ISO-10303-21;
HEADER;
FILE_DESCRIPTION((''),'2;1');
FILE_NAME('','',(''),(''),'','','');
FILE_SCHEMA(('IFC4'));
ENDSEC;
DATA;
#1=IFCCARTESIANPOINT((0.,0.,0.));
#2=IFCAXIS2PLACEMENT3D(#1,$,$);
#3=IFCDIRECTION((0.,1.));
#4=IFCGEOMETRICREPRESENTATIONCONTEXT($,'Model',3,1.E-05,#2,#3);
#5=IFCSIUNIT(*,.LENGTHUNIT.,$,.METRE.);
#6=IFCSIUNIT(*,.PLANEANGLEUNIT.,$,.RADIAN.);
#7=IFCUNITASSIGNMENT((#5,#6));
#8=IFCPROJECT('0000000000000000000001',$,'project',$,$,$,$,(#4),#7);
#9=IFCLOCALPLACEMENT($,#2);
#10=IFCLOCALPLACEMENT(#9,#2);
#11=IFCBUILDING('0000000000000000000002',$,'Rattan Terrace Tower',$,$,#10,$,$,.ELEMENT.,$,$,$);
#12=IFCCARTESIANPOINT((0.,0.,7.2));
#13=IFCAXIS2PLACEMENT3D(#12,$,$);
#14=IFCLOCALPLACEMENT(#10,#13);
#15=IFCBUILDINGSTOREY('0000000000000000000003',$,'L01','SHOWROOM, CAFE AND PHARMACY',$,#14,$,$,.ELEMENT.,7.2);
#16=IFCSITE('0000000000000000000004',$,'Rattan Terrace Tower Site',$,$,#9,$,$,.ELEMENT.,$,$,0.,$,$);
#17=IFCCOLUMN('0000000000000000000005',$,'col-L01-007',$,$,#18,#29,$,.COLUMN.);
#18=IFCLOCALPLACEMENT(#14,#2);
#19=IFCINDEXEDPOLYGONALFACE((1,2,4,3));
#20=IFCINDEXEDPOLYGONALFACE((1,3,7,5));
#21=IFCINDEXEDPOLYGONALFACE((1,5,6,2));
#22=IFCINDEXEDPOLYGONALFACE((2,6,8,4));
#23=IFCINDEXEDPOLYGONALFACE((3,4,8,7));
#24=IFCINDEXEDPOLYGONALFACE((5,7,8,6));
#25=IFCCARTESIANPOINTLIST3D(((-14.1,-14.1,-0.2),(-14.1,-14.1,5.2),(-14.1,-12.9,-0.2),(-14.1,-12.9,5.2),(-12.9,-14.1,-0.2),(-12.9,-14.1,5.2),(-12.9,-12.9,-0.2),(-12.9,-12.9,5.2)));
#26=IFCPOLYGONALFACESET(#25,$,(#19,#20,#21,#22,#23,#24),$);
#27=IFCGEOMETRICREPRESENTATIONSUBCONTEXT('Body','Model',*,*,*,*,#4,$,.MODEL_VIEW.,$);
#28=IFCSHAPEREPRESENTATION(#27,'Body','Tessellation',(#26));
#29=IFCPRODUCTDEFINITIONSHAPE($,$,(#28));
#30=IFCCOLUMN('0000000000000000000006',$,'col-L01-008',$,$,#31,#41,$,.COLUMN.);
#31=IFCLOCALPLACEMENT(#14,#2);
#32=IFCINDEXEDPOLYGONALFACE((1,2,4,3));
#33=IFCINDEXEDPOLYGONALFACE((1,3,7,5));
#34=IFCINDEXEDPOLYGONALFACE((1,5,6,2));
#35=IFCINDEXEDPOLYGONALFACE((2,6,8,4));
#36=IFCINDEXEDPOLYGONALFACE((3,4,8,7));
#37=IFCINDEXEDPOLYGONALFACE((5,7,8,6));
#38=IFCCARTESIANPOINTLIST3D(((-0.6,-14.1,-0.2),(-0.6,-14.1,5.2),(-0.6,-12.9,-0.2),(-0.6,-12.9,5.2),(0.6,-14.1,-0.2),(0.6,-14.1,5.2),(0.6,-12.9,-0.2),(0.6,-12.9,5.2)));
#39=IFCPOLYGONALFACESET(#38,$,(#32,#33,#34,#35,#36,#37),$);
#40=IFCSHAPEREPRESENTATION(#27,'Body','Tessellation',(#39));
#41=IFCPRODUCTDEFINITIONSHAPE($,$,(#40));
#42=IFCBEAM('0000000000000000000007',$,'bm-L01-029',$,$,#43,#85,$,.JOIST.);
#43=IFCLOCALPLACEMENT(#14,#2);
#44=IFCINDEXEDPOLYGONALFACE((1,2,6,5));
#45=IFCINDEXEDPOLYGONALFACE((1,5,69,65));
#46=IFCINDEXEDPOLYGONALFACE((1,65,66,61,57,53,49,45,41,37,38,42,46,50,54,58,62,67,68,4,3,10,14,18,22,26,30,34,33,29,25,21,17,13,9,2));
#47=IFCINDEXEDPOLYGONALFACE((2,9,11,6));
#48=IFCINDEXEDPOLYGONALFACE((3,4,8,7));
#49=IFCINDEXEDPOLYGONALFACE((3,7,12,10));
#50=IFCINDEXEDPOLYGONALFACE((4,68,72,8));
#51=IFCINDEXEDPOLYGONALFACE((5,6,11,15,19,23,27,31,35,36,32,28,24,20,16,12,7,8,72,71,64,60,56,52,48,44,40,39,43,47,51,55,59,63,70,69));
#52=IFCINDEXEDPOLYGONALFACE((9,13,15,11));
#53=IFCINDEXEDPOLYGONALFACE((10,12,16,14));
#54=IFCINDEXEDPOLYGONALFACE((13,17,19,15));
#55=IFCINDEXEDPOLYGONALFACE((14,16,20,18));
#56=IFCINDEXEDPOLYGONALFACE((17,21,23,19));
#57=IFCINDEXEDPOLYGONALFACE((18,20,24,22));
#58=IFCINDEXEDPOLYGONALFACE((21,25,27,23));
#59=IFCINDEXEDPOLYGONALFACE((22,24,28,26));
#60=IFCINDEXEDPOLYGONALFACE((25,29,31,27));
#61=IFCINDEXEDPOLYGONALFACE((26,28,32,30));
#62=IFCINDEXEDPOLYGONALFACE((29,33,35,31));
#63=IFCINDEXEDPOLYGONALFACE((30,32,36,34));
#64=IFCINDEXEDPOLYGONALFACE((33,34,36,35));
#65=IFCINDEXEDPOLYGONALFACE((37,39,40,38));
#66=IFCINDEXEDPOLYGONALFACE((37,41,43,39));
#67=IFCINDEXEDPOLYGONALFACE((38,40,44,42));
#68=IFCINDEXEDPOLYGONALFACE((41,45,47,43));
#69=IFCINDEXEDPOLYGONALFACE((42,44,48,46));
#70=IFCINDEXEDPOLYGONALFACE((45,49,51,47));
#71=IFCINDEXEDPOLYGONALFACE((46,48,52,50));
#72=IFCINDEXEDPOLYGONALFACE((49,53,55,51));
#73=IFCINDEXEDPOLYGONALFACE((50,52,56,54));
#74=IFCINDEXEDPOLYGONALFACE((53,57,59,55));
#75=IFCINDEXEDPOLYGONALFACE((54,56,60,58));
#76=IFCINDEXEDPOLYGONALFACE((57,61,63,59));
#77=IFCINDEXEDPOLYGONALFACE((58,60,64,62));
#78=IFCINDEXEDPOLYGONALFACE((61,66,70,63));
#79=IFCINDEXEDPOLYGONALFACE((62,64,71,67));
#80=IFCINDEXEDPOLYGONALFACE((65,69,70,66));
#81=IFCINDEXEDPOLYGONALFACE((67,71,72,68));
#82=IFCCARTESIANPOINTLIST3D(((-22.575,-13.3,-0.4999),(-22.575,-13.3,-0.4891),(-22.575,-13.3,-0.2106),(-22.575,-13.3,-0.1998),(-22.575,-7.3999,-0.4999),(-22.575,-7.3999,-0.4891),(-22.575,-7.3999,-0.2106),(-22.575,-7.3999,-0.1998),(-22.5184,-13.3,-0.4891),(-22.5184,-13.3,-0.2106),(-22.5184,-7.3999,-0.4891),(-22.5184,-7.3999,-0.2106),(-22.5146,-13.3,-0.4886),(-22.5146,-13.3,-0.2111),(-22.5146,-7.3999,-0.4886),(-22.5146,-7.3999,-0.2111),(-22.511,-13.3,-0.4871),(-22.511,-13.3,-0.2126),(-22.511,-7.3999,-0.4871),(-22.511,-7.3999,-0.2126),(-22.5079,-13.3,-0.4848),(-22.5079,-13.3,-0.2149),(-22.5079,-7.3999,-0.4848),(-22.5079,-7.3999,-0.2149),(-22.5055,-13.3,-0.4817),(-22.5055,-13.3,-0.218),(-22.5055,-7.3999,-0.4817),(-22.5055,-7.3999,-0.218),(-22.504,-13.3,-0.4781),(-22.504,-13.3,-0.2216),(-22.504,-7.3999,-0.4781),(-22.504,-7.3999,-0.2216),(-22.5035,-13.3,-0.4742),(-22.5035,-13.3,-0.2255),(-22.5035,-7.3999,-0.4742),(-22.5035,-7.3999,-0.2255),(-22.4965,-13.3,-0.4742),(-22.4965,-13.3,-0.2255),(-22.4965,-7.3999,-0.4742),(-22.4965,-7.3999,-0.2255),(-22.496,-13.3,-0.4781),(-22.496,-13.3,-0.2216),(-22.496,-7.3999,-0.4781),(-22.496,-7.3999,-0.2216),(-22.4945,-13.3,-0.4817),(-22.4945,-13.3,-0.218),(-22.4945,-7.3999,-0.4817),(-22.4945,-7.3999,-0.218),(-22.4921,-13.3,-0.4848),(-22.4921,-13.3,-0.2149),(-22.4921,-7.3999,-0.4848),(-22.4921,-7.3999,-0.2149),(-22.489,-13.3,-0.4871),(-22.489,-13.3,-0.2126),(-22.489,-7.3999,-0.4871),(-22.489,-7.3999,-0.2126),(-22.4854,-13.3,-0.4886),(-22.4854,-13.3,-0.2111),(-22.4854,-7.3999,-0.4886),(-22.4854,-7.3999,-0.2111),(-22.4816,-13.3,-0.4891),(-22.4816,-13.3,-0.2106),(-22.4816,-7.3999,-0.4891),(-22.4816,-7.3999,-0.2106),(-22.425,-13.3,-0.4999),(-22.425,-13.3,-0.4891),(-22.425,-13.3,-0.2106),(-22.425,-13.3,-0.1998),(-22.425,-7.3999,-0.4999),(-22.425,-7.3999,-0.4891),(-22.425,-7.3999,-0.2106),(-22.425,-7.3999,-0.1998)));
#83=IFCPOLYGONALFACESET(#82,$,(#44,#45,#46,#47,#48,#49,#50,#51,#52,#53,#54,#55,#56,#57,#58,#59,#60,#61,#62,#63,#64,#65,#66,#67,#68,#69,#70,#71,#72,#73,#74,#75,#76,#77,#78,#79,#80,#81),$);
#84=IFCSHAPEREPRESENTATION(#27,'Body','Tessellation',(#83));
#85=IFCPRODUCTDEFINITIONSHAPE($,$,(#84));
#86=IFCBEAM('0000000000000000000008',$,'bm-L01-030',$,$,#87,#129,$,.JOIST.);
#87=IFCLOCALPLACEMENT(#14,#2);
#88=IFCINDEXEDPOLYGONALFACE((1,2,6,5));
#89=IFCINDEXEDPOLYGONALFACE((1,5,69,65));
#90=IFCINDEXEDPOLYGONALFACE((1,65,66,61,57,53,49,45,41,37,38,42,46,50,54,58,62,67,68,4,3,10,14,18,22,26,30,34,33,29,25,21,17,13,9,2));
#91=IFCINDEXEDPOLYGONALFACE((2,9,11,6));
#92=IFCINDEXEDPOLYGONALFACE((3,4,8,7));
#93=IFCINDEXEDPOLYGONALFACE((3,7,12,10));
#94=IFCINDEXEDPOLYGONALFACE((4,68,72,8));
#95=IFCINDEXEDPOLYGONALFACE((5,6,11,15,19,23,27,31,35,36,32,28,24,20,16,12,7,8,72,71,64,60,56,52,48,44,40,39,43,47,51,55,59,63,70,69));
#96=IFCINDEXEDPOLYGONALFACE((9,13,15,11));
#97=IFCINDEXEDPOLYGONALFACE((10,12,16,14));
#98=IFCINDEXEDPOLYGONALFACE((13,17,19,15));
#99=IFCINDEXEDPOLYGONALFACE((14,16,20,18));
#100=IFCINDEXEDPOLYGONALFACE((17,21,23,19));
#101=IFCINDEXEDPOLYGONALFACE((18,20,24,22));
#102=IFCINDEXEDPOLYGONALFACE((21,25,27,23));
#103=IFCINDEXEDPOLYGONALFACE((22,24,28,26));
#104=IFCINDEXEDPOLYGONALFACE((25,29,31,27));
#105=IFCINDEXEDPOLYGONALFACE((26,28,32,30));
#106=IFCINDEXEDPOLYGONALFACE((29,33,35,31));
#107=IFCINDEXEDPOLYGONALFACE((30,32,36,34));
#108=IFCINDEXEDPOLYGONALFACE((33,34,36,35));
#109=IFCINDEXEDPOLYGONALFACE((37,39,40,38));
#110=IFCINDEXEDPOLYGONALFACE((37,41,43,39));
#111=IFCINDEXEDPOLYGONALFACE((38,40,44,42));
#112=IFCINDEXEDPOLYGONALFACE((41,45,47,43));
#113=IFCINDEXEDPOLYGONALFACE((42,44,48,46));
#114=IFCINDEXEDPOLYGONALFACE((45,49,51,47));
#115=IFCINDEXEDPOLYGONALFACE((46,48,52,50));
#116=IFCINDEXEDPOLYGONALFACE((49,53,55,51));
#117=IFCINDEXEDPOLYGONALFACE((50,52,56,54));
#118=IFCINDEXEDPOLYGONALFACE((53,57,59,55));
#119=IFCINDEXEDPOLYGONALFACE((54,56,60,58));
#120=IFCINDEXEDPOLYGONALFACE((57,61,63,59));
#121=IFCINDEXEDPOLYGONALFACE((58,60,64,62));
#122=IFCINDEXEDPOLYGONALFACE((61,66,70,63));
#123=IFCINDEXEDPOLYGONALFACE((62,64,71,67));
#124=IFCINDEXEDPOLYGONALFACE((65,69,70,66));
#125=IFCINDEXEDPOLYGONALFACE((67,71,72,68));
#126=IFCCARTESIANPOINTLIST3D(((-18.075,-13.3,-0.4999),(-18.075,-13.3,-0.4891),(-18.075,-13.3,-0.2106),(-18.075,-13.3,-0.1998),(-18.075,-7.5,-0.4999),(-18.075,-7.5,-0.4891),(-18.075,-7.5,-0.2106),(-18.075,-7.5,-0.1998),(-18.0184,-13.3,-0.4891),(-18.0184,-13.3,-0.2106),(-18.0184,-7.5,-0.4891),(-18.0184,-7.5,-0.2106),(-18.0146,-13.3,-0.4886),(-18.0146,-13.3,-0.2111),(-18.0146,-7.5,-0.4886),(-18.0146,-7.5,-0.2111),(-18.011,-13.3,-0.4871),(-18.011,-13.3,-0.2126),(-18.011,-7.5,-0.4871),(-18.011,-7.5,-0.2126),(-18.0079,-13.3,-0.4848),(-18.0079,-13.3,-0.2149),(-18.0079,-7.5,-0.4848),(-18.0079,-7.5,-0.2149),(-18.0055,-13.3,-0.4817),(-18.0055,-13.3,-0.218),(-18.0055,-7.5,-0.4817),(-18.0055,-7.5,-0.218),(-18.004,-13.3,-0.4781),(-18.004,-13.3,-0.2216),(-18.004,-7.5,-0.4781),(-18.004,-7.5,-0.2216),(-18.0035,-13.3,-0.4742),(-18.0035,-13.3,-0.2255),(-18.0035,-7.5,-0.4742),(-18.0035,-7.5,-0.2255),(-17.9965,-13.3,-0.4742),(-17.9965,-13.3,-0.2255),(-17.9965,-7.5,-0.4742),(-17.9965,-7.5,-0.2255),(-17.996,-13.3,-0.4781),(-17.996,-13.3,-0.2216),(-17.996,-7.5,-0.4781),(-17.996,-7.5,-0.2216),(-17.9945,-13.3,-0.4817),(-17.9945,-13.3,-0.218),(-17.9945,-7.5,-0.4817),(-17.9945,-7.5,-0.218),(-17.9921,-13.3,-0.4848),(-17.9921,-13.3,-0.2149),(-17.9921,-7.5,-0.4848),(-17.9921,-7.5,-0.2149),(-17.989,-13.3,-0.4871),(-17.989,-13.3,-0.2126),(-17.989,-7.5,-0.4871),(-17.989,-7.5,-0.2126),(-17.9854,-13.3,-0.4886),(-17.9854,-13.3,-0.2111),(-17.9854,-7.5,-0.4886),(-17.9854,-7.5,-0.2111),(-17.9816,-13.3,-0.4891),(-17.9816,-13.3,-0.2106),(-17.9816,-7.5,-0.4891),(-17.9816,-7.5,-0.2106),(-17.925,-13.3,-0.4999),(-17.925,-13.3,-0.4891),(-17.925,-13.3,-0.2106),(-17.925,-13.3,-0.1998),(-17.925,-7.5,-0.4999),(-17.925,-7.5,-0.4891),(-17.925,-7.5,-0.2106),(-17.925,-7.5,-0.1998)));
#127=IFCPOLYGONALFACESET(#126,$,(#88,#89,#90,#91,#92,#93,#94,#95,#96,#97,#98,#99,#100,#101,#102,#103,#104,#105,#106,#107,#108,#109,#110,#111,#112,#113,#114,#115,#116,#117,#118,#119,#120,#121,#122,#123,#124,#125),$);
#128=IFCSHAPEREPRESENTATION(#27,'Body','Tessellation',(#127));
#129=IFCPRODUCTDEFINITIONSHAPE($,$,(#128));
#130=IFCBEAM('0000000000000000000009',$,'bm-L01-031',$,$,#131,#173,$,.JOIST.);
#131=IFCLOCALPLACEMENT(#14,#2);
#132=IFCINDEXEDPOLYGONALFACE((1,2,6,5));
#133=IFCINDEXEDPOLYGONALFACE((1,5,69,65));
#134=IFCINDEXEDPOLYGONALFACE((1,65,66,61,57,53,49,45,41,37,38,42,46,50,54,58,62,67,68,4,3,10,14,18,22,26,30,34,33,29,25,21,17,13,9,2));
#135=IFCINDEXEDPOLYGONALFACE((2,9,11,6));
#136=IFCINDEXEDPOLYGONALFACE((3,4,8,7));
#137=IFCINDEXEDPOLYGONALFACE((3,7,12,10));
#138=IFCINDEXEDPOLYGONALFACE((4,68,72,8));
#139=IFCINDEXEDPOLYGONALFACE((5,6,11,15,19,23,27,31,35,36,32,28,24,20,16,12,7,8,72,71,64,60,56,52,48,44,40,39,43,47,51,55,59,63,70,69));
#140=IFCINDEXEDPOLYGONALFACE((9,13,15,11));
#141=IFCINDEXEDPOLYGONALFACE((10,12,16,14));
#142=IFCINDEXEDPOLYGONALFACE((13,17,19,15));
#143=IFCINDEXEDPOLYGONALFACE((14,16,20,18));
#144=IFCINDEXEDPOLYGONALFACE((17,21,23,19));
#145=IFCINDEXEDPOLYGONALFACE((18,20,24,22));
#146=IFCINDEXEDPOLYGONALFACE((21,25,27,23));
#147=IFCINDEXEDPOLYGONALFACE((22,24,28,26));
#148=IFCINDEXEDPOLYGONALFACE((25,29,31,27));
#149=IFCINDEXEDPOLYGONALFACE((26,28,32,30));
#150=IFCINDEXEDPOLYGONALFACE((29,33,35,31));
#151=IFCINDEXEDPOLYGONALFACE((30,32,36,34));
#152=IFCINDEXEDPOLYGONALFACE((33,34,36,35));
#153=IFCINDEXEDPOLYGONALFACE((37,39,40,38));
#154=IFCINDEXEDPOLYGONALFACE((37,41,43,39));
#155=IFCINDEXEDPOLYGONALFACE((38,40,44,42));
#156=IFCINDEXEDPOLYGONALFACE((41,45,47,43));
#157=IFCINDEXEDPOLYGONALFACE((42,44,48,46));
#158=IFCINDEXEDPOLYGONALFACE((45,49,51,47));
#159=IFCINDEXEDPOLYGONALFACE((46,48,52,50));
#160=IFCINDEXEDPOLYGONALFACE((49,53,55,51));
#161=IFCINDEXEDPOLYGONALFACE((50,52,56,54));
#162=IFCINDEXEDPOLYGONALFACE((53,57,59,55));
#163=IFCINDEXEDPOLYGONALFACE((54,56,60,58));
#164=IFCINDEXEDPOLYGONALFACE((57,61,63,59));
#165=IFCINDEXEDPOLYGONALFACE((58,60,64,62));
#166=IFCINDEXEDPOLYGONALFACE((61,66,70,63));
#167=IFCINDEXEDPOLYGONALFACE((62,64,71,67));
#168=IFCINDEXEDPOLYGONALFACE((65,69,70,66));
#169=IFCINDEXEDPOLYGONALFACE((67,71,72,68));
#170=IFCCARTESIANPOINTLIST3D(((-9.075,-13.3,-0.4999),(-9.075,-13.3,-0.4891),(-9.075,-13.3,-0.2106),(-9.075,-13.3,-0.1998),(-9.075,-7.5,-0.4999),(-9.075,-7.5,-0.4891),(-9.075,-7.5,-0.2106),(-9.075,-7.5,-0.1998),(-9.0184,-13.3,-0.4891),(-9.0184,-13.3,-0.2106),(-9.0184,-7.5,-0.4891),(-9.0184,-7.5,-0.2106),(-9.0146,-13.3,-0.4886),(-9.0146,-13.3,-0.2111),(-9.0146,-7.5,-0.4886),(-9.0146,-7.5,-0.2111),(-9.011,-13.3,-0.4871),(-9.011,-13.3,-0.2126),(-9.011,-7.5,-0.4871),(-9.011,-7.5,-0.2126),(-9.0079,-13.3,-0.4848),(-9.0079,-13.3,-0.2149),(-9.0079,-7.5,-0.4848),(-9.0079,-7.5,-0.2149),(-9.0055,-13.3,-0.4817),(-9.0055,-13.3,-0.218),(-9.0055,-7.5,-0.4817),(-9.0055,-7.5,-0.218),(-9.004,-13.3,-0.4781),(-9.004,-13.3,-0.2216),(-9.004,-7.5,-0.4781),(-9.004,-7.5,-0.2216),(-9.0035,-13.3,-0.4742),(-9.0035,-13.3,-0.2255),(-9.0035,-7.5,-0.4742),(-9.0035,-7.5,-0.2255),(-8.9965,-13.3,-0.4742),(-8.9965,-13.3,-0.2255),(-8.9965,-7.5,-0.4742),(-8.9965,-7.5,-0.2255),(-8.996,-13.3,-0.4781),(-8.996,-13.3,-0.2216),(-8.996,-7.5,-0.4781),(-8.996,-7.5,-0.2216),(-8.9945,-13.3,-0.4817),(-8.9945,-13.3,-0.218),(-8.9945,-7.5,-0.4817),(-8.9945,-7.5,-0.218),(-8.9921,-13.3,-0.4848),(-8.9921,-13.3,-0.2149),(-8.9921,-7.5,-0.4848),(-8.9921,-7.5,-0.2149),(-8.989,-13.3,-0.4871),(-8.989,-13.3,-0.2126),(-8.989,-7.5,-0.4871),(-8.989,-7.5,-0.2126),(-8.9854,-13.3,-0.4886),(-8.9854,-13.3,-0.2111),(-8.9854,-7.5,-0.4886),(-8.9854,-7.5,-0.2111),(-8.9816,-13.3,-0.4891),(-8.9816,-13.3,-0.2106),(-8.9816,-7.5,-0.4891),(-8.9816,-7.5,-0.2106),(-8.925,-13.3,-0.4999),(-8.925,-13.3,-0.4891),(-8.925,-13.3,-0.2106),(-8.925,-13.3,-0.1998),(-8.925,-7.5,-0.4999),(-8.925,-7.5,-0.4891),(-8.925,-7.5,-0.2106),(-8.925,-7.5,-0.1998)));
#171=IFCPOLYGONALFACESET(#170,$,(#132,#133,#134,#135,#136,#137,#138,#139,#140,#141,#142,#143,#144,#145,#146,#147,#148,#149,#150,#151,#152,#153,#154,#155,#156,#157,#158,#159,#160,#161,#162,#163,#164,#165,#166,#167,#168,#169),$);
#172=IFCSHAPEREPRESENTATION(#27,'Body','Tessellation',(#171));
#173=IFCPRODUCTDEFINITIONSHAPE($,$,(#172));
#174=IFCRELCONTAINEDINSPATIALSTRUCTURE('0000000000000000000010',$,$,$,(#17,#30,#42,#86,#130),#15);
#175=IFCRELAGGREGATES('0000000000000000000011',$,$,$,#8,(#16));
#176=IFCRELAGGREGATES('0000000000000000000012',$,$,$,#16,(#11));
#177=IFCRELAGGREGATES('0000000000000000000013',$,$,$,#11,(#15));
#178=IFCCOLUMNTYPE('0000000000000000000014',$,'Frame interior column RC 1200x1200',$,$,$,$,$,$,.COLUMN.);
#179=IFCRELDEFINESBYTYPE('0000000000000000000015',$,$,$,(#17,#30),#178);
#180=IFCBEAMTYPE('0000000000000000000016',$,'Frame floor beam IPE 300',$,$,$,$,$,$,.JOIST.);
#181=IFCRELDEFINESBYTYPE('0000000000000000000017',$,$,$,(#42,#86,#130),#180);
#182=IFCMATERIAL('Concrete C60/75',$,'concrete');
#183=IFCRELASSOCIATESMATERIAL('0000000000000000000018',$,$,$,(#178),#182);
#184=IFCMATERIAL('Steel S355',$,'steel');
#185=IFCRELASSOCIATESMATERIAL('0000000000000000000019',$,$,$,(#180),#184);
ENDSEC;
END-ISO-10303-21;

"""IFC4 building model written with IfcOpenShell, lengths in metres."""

from ifc_helpers import new_model, si_unit, direction, frame, origin, origin_2d, place, context, subcontext, project, spatial, rectangle, i_section, extrude, material, material_profile, profile_set, type_object, element, save


model = new_model("IFC4")

# Units and contexts
model_context = context("Model", 3, precision=1e-05, world=origin(), true_north=direction((0.0, 1.0)))
body_context = subcontext(model_context, "Body", "Model", "MODEL_VIEW")
ifc_project = project(units=[si_unit("LENGTHUNIT", "METRE"), si_unit("PLANEANGLEUNIT", "RADIAN")], contexts=[model_context])

# Site, building, storey
site_placement = place(None, origin())
site = spatial("IfcSite", under=ifc_project, at=site_placement, Name="Rattan Terrace Tower Site", CompositionType="ELEMENT", RefElevation=0.0)
building_placement = place(site_placement, origin())
building = spatial("IfcBuilding", under=site, at=building_placement, Name="Rattan Terrace Tower", CompositionType="ELEMENT")
storey_placement = place(building_placement, frame((0.0, 0.0, 7.2)))
storey = spatial("IfcBuildingStorey", under=building, at=storey_placement, Name="L01", Description="SHOWROOM, CAFE AND PHARMACY", CompositionType="ELEMENT", Elevation=7.2)

# Columns
ifc_material_1 = material(Name="Concrete C60/75", Category="concrete")
ifc_material_profile_1 = material_profile(ifc_material_1, rectangle(XDim=1.2, YDim=1.2, at=origin_2d()), Name="RC 1200x1200")
ifc_profile_set_1 = profile_set([ifc_material_profile_1], Name="Concrete C60/75")
column_type = type_object("IfcColumnType", Name="Frame interior column RC 1200x1200", PredefinedType="COLUMN", material=ifc_profile_set_1)
for number, where, z_axis, x_axis, name in (
    (1, (-13.5, -13.5, -0.2), (0.0, 0.0, 1.0), (1.0, 0.0, 0.0), "col-L01-007"),
    (2, (0.0, -13.5, -0.2), (0.0, 0.0, 1.0), (1.0, 0.0, 0.0), "col-L01-008"),
):
    element("IfcColumn", number, at=place(storey_placement, frame(where, z_axis=z_axis, x_axis=x_axis)), inside=storey, type_object=column_type, Name=name, PredefinedType="COLUMN", context=body_context, shape_type="SweptSolid", body=[
        extrude(rectangle(XDim=1.2, YDim=1.2, at=origin_2d()), origin(), (0.0, 0.0, 1.0), 5.3999),
    ])

# Beams
ifc_material_2 = material(Name="Steel S355", Category="steel")
ifc_material_profile_2 = material_profile(ifc_material_2, i_section(OverallWidth=0.1499, OverallDepth=0.3, WebThickness=0.0071, FlangeThickness=0.0107, FilletRadius=0.0149, at=origin_2d()), Name="IPE 300")
ifc_profile_set_2 = profile_set([ifc_material_profile_2], Name="Steel S355")
beam_type_1 = type_object("IfcBeamType", Name="Frame floor beam IPE 300", PredefinedType="JOIST", material=ifc_profile_set_2)
beam_1_placement = place(storey_placement, frame((-22.5, -13.3, -0.3499), z_axis=(0.0, 1.0, 0.0), x_axis=(-1.0, 0.0, 0.0)))
element("IfcBeam", 3, at=beam_1_placement, inside=storey, type_object=beam_type_1, Name="bm-L01-029", PredefinedType="JOIST", context=body_context, shape_type="SweptSolid", body=[
    extrude(i_section(OverallWidth=0.1499, OverallDepth=0.3, WebThickness=0.0071, FlangeThickness=0.0107, FilletRadius=0.0149, at=origin_2d()), origin(), (0.0, 0.0, 1.0), 5.9001),
])
for number, where, z_axis, x_axis, name in (
    (4, (-18.0, -13.3, -0.3499), (0.0, 1.0, 0.0), (-1.0, 0.0, 0.0), "bm-L01-030"),
    (5, (-9.0, -13.3, -0.3499), (0.0, 1.0, 0.0), (-1.0, 0.0, 0.0), "bm-L01-031"),
):
    element("IfcBeam", number, at=place(storey_placement, frame(where, z_axis=z_axis, x_axis=x_axis)), inside=storey, type_object=beam_type_1, Name=name, PredefinedType="JOIST", context=body_context, shape_type="SweptSolid", body=[
        extrude(i_section(OverallWidth=0.1499, OverallDepth=0.3, WebThickness=0.0071, FlangeThickness=0.0107, FilletRadius=0.0149, at=origin_2d()), origin(), (0.0, 0.0, 1.0), 5.8),
    ])

save(model, "model.ifc")
